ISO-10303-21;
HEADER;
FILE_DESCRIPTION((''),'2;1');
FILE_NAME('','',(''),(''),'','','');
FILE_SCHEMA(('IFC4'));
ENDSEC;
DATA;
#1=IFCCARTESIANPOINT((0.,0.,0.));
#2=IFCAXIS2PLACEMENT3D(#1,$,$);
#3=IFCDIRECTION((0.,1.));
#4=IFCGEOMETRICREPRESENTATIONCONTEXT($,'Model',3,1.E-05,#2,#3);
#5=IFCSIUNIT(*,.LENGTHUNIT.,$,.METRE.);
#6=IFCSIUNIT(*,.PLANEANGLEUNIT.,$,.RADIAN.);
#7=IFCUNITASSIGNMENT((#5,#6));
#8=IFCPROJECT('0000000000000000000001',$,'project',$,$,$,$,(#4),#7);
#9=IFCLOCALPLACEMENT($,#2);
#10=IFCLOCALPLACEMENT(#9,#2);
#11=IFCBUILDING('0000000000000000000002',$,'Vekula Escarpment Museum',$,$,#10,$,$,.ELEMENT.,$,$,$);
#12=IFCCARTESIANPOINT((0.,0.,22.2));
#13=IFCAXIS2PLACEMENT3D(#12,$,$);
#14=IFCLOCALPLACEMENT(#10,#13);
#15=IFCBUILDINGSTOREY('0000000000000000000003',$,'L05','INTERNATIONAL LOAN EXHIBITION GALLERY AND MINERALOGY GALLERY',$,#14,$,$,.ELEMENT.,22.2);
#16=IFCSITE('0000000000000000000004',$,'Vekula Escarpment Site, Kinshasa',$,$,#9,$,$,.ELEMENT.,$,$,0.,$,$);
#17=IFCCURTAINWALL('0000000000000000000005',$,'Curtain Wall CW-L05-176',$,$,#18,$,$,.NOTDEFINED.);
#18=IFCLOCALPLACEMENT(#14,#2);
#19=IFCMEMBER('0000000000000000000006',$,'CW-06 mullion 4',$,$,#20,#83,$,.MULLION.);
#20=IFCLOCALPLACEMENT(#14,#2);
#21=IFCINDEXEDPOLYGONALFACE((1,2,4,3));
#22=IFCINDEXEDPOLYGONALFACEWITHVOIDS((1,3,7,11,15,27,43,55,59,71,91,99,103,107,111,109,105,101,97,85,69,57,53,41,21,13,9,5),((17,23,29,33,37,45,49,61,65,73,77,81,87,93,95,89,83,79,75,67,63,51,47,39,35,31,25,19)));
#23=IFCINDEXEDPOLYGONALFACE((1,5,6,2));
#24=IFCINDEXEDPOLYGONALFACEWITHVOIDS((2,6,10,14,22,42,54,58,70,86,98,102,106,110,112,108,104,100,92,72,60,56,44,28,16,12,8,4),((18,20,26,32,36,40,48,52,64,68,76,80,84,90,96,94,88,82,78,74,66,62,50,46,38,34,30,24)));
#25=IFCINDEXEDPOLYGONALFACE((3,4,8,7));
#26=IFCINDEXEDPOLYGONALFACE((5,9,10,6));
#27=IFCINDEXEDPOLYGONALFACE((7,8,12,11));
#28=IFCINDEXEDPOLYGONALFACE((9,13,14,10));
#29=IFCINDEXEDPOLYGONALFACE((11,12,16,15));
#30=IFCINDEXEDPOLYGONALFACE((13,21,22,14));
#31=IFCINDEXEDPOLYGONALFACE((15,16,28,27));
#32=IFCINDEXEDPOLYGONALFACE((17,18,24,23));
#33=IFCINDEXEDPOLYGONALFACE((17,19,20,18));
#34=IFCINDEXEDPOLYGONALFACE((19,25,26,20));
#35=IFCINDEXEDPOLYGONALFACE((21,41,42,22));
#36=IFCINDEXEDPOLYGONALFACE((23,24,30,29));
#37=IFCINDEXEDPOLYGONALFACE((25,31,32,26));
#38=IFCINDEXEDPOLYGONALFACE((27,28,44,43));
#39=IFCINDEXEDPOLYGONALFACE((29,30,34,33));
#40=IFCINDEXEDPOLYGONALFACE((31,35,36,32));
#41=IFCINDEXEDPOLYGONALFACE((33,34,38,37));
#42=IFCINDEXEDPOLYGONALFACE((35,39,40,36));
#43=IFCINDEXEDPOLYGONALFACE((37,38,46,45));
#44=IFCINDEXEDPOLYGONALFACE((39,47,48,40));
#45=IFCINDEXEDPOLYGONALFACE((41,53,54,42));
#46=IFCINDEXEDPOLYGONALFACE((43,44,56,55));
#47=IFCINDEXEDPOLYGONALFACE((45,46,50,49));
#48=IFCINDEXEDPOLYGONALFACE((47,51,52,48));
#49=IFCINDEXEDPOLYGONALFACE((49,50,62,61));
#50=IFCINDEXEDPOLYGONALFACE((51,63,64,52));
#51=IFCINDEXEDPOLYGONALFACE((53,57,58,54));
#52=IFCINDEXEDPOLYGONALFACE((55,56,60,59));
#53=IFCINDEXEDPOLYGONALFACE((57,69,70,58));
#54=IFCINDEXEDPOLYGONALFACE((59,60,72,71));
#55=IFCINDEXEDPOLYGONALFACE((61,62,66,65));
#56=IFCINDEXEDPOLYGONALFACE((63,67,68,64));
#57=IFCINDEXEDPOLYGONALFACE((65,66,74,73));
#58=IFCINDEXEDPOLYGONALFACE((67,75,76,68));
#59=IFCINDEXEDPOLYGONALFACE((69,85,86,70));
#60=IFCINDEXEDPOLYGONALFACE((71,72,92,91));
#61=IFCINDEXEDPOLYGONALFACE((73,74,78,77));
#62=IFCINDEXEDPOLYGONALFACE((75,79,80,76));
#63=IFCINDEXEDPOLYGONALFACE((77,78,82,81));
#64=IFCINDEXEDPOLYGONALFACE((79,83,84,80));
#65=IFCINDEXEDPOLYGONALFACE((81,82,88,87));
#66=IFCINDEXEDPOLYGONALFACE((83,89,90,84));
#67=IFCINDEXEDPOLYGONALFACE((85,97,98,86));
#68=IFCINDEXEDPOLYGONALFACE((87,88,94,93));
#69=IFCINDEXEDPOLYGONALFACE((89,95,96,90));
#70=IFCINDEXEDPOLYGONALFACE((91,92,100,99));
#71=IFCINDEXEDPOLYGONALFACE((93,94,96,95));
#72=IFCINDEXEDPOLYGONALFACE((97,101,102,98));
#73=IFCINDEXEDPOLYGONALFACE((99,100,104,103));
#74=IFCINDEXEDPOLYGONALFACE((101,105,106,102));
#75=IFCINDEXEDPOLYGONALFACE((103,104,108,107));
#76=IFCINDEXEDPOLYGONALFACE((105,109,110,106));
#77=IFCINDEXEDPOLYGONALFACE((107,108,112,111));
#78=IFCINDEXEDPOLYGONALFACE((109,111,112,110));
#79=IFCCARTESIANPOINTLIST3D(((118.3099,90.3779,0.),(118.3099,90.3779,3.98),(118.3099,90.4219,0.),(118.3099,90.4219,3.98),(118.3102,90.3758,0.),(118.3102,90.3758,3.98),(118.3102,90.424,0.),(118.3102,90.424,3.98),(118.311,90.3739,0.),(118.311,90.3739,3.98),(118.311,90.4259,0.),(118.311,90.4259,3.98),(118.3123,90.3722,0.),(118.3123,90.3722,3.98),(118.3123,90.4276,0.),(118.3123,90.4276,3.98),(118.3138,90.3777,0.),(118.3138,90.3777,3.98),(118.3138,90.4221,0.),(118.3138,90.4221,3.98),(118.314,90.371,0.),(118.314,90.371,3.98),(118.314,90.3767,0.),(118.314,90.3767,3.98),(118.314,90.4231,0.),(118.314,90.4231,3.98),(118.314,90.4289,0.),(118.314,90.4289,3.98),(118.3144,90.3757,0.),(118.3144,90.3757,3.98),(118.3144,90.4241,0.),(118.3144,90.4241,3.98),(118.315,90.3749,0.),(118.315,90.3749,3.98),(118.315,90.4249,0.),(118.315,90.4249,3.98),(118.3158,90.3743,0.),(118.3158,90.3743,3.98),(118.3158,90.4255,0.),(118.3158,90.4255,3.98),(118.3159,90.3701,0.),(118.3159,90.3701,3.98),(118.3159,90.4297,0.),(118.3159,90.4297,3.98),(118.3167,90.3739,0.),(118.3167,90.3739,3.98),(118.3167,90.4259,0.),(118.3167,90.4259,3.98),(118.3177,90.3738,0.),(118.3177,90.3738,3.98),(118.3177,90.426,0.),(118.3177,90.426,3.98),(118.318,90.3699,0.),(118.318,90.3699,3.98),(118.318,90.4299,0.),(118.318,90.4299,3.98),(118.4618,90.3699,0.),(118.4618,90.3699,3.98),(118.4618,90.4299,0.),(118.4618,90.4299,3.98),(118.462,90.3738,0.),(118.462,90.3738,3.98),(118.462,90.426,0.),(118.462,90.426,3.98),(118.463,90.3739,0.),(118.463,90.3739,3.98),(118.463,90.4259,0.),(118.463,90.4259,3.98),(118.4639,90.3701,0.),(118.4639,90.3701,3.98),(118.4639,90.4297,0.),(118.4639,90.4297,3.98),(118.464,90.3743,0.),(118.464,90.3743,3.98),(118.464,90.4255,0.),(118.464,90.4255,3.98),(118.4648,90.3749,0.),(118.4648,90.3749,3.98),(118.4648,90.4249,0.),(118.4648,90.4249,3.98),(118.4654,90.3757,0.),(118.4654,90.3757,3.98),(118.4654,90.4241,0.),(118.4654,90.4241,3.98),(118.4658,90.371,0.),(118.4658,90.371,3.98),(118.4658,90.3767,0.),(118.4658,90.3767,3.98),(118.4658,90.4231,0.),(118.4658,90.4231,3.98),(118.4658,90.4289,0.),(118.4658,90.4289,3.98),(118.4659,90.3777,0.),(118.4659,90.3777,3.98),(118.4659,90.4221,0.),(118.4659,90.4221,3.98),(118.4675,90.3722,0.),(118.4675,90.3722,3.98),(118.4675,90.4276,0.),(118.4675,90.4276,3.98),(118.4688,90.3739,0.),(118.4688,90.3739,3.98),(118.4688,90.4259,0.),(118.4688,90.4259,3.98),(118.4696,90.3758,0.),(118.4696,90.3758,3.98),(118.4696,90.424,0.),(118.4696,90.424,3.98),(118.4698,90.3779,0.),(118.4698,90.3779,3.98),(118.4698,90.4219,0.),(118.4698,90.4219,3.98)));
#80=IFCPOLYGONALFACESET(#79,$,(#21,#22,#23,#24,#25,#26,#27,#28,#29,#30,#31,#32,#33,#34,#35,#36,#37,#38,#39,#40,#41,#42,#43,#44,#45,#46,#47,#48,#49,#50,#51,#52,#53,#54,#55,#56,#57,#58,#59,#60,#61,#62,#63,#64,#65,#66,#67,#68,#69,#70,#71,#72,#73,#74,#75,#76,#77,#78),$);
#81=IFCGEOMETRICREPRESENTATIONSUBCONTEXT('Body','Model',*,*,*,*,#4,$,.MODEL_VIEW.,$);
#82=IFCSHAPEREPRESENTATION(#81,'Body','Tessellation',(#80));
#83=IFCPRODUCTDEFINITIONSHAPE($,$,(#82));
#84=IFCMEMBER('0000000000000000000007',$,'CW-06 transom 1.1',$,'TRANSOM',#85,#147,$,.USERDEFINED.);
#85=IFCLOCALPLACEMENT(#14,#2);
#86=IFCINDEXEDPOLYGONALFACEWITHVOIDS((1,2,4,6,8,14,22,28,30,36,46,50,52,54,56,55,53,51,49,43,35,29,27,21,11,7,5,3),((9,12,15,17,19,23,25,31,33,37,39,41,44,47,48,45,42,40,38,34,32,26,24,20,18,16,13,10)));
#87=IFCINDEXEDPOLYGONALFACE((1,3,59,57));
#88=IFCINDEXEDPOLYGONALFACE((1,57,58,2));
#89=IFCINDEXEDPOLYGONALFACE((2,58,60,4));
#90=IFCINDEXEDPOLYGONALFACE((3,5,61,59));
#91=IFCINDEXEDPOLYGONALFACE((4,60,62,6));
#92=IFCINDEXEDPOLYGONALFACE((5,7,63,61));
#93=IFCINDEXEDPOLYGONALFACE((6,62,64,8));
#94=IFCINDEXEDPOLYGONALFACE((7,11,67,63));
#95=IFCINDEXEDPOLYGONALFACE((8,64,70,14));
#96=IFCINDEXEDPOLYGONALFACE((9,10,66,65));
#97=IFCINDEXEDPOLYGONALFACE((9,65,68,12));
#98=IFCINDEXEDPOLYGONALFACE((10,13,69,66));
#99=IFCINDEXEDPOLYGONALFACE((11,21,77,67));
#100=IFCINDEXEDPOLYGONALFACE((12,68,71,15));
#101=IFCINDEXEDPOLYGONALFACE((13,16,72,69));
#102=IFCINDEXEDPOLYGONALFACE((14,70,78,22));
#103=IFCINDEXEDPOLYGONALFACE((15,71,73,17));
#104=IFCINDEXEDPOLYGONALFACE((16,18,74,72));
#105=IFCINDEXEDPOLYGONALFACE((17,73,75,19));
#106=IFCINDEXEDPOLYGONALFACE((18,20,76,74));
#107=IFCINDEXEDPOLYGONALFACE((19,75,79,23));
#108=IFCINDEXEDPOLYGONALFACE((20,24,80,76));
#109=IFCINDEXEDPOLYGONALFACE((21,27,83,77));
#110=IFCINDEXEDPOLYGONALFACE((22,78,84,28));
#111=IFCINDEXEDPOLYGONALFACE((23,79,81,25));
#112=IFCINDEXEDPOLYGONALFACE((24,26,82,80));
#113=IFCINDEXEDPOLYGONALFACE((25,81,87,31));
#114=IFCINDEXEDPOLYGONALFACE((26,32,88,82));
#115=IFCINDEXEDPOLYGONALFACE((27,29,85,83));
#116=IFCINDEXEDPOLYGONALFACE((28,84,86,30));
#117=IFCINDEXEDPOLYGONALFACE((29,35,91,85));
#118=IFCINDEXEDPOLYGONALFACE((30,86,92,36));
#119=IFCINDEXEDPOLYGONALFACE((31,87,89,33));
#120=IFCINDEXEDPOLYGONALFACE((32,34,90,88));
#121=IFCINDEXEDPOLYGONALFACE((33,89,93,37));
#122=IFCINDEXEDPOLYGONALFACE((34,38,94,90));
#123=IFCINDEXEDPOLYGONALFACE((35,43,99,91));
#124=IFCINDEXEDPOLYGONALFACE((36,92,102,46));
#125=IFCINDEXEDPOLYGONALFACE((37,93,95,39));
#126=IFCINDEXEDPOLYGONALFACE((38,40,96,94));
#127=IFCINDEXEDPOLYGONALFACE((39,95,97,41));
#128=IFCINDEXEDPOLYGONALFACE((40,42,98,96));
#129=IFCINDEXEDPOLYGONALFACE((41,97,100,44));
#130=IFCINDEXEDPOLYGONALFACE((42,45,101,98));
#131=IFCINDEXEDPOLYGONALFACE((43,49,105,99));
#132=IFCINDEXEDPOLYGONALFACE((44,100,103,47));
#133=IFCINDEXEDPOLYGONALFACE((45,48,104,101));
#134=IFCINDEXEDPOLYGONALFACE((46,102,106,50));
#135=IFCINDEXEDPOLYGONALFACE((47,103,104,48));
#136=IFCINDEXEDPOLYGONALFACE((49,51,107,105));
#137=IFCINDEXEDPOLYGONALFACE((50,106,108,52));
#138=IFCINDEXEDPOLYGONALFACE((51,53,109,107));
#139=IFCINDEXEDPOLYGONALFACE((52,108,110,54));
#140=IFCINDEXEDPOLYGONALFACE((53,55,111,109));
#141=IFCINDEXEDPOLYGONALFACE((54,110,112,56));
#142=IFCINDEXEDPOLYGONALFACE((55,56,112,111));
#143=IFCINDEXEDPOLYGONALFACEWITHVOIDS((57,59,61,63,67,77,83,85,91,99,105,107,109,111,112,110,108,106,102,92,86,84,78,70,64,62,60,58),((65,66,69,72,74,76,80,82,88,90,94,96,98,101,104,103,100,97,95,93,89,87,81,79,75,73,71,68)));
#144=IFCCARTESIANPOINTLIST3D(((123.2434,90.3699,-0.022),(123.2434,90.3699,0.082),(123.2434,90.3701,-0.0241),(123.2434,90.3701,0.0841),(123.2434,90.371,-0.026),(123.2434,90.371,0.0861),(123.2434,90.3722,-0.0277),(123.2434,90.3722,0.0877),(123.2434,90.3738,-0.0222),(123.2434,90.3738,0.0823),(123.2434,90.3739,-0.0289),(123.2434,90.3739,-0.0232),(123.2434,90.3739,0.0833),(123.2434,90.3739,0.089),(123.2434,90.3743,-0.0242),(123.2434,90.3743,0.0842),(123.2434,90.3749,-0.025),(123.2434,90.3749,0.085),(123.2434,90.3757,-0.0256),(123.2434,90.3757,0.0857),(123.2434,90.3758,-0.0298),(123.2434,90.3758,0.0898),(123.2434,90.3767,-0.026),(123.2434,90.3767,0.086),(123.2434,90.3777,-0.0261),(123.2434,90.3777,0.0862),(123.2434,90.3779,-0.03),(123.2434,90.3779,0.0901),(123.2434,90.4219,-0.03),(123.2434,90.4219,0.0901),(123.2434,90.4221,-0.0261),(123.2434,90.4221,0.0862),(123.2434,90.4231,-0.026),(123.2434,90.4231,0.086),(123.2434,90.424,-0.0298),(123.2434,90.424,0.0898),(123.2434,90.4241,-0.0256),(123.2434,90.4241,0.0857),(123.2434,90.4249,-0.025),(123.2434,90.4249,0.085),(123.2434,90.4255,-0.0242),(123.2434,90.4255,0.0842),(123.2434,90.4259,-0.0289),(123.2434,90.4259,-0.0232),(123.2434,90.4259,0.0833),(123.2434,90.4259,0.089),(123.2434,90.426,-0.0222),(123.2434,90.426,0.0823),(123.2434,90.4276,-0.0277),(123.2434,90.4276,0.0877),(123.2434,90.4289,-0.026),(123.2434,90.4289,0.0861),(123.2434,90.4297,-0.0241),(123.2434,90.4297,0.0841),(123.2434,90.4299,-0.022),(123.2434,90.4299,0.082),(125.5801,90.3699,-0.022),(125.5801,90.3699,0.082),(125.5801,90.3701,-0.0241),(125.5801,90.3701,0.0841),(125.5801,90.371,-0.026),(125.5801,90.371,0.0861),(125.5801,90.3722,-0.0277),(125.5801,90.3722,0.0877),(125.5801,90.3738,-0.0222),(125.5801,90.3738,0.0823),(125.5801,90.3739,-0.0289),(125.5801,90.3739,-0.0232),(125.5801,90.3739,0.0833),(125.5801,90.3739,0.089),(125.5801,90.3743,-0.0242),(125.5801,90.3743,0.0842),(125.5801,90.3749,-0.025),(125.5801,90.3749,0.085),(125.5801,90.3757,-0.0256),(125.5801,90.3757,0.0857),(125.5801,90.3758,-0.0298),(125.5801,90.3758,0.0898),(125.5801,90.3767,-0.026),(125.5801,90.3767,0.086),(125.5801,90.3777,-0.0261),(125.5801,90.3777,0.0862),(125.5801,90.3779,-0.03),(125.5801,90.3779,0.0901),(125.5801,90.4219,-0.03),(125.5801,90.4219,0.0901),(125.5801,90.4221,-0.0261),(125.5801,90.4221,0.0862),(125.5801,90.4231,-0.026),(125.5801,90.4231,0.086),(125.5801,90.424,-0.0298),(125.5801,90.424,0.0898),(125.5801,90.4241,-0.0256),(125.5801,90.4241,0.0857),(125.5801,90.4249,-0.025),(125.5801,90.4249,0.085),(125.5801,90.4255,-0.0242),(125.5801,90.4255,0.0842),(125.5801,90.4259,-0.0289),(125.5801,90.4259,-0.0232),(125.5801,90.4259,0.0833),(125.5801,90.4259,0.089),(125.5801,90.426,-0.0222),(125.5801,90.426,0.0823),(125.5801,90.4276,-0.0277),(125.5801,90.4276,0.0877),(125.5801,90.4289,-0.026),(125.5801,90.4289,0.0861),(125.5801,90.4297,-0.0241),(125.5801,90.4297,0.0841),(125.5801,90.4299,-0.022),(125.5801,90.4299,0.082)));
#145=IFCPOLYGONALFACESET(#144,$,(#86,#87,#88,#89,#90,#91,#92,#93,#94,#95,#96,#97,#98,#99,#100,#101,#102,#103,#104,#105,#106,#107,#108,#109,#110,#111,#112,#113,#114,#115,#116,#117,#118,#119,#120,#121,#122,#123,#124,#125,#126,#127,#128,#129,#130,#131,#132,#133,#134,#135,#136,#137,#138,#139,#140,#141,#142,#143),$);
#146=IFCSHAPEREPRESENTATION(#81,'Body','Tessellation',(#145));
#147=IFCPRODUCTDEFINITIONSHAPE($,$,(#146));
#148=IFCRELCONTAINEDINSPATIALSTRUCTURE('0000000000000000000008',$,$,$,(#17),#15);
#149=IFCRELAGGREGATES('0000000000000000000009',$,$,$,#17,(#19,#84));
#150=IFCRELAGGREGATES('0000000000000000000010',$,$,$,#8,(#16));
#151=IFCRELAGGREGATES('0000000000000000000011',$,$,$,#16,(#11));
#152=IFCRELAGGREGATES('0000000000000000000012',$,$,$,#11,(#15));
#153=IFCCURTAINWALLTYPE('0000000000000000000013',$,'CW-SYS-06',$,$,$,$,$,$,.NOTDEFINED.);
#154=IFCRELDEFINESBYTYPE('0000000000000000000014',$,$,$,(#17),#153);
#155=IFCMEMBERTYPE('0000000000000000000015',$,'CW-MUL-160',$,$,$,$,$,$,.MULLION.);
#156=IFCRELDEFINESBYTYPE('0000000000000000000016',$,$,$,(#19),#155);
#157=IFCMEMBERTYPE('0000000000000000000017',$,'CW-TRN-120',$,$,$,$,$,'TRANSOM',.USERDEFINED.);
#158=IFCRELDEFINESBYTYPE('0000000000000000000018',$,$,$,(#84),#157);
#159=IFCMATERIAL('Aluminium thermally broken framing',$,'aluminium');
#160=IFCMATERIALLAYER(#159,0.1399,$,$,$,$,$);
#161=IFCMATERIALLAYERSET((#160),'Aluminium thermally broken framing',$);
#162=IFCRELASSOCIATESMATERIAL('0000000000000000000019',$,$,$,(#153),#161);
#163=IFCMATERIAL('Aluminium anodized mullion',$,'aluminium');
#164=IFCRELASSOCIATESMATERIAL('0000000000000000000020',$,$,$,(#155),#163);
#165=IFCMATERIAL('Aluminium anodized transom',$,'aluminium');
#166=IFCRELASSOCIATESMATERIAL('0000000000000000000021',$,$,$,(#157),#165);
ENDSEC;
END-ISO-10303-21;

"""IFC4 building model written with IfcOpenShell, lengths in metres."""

from ifc_helpers import new_model, si_unit, direction, frame, origin, origin_2d, place, context, subcontext, project, spatial, hollow_rectangle, extrude, material, layer, layer_set, material_profile, profile_set, type_object, element, aggregate, save


model = new_model("IFC4")

# Units and contexts
model_context = context("Model", 3, precision=1e-05, world=origin(), true_north=direction((0.0, 1.0)))
body_context = subcontext(model_context, "Body", "Model", "MODEL_VIEW")
ifc_project = project(units=[si_unit("LENGTHUNIT", "METRE"), si_unit("PLANEANGLEUNIT", "RADIAN")], contexts=[model_context])

# Site, building, storey
site_placement = place(None, origin())
site = spatial("IfcSite", under=ifc_project, at=site_placement, Name="Vekula Escarpment Site, Kinshasa", CompositionType="ELEMENT", RefElevation=0.0)
building_placement = place(site_placement, origin())
building = spatial("IfcBuilding", under=site, at=building_placement, Name="Vekula Escarpment Museum", CompositionType="ELEMENT")
storey_placement = place(building_placement, frame((0.0, 0.0, 22.2)))
storey = spatial("IfcBuildingStorey", under=building, at=storey_placement, Name="L05", Description="INTERNATIONAL LOAN EXHIBITION GALLERY AND MINERALOGY GALLERY", CompositionType="ELEMENT", Elevation=22.2)

# Curtain wall, members
ifc_material_1 = material(Name="Aluminium thermally broken framing", Category="aluminium")
ifc_layer_1 = layer(ifc_material_1, 0.1399)
ifc_layer_set_1 = layer_set([ifc_layer_1], Name="Aluminium thermally broken framing")
curtain_wall_type = type_object("IfcCurtainWallType", Name="CW-SYS-06", PredefinedType="NOTDEFINED", material=ifc_layer_set_1)
curtain_wall_placement = place(storey_placement, origin())
curtain_wall = element("IfcCurtainWall", 1, at=curtain_wall_placement, inside=storey, type_object=curtain_wall_type, Name="Curtain Wall CW-L05-176", PredefinedType="NOTDEFINED")
ifc_material_2 = material(Name="Aluminium anodized mullion", Category="aluminium")
ifc_material_profile_1 = material_profile(ifc_material_2, hollow_rectangle(XDim=0.0601, YDim=0.1599, WallThickness=0.0039, InnerFilletRadius=0.0039, OuterFilletRadius=0.0081, at=origin_2d()), Name="ALU 160x60x4")
ifc_profile_set_1 = profile_set([ifc_material_profile_1], Name="Aluminium anodized mullion")
member_type_1 = type_object("IfcMemberType", Name="CW-MUL-160", PredefinedType="MULLION", material=ifc_profile_set_1)
member_1_placement = place(storey_placement, frame((118.3899, 90.3999, 0.0), z_axis=(0.0, 0.0, 1.0), x_axis=(0.0, -1.0, 0.0)))
member_1 = element("IfcMember", 2, at=member_1_placement, type_object=member_type_1, Name="CW-06 mullion 4", PredefinedType="MULLION", context=body_context, shape_type="SweptSolid", body=[
    extrude(hollow_rectangle(XDim=0.0601, YDim=0.1599, WallThickness=0.0039, InnerFilletRadius=0.0039, OuterFilletRadius=0.0081, at=origin_2d()), origin(), (0.0, 0.0, 1.0), 3.98),
])
ifc_material_3 = material(Name="Aluminium anodized transom", Category="aluminium")
ifc_material_profile_2 = material_profile(ifc_material_3, hollow_rectangle(XDim=0.0601, YDim=0.1201, WallThickness=0.0039, InnerFilletRadius=0.0039, OuterFilletRadius=0.0081, at=origin_2d()), Name="ALU 120x60x4")
ifc_profile_set_2 = profile_set([ifc_material_profile_2], Name="Aluminium anodized transom")
member_type_2 = type_object("IfcMemberType", Name="CW-TRN-120", ElementType="TRANSOM", PredefinedType="USERDEFINED", material=ifc_profile_set_2)
member_2_placement = place(storey_placement, frame((125.5801, 90.3999, 0.03), z_axis=(-1.0, 0.0, 0.0), x_axis=(0.0, -1.0, 0.0)))
member_2 = element("IfcMember", 3, at=member_2_placement, type_object=member_type_2, Name="CW-06 transom 1.1", ObjectType="TRANSOM", PredefinedType="USERDEFINED", context=body_context, shape_type="SweptSolid", body=[
    extrude(hollow_rectangle(XDim=0.0601, YDim=0.1201, WallThickness=0.0039, InnerFilletRadius=0.0039, OuterFilletRadius=0.0081, at=origin_2d()), origin(), (0.0, 0.0, 1.0), 2.3367),
])

aggregate(curtain_wall, [member_1, member_2])

save(model, "model.ifc")
